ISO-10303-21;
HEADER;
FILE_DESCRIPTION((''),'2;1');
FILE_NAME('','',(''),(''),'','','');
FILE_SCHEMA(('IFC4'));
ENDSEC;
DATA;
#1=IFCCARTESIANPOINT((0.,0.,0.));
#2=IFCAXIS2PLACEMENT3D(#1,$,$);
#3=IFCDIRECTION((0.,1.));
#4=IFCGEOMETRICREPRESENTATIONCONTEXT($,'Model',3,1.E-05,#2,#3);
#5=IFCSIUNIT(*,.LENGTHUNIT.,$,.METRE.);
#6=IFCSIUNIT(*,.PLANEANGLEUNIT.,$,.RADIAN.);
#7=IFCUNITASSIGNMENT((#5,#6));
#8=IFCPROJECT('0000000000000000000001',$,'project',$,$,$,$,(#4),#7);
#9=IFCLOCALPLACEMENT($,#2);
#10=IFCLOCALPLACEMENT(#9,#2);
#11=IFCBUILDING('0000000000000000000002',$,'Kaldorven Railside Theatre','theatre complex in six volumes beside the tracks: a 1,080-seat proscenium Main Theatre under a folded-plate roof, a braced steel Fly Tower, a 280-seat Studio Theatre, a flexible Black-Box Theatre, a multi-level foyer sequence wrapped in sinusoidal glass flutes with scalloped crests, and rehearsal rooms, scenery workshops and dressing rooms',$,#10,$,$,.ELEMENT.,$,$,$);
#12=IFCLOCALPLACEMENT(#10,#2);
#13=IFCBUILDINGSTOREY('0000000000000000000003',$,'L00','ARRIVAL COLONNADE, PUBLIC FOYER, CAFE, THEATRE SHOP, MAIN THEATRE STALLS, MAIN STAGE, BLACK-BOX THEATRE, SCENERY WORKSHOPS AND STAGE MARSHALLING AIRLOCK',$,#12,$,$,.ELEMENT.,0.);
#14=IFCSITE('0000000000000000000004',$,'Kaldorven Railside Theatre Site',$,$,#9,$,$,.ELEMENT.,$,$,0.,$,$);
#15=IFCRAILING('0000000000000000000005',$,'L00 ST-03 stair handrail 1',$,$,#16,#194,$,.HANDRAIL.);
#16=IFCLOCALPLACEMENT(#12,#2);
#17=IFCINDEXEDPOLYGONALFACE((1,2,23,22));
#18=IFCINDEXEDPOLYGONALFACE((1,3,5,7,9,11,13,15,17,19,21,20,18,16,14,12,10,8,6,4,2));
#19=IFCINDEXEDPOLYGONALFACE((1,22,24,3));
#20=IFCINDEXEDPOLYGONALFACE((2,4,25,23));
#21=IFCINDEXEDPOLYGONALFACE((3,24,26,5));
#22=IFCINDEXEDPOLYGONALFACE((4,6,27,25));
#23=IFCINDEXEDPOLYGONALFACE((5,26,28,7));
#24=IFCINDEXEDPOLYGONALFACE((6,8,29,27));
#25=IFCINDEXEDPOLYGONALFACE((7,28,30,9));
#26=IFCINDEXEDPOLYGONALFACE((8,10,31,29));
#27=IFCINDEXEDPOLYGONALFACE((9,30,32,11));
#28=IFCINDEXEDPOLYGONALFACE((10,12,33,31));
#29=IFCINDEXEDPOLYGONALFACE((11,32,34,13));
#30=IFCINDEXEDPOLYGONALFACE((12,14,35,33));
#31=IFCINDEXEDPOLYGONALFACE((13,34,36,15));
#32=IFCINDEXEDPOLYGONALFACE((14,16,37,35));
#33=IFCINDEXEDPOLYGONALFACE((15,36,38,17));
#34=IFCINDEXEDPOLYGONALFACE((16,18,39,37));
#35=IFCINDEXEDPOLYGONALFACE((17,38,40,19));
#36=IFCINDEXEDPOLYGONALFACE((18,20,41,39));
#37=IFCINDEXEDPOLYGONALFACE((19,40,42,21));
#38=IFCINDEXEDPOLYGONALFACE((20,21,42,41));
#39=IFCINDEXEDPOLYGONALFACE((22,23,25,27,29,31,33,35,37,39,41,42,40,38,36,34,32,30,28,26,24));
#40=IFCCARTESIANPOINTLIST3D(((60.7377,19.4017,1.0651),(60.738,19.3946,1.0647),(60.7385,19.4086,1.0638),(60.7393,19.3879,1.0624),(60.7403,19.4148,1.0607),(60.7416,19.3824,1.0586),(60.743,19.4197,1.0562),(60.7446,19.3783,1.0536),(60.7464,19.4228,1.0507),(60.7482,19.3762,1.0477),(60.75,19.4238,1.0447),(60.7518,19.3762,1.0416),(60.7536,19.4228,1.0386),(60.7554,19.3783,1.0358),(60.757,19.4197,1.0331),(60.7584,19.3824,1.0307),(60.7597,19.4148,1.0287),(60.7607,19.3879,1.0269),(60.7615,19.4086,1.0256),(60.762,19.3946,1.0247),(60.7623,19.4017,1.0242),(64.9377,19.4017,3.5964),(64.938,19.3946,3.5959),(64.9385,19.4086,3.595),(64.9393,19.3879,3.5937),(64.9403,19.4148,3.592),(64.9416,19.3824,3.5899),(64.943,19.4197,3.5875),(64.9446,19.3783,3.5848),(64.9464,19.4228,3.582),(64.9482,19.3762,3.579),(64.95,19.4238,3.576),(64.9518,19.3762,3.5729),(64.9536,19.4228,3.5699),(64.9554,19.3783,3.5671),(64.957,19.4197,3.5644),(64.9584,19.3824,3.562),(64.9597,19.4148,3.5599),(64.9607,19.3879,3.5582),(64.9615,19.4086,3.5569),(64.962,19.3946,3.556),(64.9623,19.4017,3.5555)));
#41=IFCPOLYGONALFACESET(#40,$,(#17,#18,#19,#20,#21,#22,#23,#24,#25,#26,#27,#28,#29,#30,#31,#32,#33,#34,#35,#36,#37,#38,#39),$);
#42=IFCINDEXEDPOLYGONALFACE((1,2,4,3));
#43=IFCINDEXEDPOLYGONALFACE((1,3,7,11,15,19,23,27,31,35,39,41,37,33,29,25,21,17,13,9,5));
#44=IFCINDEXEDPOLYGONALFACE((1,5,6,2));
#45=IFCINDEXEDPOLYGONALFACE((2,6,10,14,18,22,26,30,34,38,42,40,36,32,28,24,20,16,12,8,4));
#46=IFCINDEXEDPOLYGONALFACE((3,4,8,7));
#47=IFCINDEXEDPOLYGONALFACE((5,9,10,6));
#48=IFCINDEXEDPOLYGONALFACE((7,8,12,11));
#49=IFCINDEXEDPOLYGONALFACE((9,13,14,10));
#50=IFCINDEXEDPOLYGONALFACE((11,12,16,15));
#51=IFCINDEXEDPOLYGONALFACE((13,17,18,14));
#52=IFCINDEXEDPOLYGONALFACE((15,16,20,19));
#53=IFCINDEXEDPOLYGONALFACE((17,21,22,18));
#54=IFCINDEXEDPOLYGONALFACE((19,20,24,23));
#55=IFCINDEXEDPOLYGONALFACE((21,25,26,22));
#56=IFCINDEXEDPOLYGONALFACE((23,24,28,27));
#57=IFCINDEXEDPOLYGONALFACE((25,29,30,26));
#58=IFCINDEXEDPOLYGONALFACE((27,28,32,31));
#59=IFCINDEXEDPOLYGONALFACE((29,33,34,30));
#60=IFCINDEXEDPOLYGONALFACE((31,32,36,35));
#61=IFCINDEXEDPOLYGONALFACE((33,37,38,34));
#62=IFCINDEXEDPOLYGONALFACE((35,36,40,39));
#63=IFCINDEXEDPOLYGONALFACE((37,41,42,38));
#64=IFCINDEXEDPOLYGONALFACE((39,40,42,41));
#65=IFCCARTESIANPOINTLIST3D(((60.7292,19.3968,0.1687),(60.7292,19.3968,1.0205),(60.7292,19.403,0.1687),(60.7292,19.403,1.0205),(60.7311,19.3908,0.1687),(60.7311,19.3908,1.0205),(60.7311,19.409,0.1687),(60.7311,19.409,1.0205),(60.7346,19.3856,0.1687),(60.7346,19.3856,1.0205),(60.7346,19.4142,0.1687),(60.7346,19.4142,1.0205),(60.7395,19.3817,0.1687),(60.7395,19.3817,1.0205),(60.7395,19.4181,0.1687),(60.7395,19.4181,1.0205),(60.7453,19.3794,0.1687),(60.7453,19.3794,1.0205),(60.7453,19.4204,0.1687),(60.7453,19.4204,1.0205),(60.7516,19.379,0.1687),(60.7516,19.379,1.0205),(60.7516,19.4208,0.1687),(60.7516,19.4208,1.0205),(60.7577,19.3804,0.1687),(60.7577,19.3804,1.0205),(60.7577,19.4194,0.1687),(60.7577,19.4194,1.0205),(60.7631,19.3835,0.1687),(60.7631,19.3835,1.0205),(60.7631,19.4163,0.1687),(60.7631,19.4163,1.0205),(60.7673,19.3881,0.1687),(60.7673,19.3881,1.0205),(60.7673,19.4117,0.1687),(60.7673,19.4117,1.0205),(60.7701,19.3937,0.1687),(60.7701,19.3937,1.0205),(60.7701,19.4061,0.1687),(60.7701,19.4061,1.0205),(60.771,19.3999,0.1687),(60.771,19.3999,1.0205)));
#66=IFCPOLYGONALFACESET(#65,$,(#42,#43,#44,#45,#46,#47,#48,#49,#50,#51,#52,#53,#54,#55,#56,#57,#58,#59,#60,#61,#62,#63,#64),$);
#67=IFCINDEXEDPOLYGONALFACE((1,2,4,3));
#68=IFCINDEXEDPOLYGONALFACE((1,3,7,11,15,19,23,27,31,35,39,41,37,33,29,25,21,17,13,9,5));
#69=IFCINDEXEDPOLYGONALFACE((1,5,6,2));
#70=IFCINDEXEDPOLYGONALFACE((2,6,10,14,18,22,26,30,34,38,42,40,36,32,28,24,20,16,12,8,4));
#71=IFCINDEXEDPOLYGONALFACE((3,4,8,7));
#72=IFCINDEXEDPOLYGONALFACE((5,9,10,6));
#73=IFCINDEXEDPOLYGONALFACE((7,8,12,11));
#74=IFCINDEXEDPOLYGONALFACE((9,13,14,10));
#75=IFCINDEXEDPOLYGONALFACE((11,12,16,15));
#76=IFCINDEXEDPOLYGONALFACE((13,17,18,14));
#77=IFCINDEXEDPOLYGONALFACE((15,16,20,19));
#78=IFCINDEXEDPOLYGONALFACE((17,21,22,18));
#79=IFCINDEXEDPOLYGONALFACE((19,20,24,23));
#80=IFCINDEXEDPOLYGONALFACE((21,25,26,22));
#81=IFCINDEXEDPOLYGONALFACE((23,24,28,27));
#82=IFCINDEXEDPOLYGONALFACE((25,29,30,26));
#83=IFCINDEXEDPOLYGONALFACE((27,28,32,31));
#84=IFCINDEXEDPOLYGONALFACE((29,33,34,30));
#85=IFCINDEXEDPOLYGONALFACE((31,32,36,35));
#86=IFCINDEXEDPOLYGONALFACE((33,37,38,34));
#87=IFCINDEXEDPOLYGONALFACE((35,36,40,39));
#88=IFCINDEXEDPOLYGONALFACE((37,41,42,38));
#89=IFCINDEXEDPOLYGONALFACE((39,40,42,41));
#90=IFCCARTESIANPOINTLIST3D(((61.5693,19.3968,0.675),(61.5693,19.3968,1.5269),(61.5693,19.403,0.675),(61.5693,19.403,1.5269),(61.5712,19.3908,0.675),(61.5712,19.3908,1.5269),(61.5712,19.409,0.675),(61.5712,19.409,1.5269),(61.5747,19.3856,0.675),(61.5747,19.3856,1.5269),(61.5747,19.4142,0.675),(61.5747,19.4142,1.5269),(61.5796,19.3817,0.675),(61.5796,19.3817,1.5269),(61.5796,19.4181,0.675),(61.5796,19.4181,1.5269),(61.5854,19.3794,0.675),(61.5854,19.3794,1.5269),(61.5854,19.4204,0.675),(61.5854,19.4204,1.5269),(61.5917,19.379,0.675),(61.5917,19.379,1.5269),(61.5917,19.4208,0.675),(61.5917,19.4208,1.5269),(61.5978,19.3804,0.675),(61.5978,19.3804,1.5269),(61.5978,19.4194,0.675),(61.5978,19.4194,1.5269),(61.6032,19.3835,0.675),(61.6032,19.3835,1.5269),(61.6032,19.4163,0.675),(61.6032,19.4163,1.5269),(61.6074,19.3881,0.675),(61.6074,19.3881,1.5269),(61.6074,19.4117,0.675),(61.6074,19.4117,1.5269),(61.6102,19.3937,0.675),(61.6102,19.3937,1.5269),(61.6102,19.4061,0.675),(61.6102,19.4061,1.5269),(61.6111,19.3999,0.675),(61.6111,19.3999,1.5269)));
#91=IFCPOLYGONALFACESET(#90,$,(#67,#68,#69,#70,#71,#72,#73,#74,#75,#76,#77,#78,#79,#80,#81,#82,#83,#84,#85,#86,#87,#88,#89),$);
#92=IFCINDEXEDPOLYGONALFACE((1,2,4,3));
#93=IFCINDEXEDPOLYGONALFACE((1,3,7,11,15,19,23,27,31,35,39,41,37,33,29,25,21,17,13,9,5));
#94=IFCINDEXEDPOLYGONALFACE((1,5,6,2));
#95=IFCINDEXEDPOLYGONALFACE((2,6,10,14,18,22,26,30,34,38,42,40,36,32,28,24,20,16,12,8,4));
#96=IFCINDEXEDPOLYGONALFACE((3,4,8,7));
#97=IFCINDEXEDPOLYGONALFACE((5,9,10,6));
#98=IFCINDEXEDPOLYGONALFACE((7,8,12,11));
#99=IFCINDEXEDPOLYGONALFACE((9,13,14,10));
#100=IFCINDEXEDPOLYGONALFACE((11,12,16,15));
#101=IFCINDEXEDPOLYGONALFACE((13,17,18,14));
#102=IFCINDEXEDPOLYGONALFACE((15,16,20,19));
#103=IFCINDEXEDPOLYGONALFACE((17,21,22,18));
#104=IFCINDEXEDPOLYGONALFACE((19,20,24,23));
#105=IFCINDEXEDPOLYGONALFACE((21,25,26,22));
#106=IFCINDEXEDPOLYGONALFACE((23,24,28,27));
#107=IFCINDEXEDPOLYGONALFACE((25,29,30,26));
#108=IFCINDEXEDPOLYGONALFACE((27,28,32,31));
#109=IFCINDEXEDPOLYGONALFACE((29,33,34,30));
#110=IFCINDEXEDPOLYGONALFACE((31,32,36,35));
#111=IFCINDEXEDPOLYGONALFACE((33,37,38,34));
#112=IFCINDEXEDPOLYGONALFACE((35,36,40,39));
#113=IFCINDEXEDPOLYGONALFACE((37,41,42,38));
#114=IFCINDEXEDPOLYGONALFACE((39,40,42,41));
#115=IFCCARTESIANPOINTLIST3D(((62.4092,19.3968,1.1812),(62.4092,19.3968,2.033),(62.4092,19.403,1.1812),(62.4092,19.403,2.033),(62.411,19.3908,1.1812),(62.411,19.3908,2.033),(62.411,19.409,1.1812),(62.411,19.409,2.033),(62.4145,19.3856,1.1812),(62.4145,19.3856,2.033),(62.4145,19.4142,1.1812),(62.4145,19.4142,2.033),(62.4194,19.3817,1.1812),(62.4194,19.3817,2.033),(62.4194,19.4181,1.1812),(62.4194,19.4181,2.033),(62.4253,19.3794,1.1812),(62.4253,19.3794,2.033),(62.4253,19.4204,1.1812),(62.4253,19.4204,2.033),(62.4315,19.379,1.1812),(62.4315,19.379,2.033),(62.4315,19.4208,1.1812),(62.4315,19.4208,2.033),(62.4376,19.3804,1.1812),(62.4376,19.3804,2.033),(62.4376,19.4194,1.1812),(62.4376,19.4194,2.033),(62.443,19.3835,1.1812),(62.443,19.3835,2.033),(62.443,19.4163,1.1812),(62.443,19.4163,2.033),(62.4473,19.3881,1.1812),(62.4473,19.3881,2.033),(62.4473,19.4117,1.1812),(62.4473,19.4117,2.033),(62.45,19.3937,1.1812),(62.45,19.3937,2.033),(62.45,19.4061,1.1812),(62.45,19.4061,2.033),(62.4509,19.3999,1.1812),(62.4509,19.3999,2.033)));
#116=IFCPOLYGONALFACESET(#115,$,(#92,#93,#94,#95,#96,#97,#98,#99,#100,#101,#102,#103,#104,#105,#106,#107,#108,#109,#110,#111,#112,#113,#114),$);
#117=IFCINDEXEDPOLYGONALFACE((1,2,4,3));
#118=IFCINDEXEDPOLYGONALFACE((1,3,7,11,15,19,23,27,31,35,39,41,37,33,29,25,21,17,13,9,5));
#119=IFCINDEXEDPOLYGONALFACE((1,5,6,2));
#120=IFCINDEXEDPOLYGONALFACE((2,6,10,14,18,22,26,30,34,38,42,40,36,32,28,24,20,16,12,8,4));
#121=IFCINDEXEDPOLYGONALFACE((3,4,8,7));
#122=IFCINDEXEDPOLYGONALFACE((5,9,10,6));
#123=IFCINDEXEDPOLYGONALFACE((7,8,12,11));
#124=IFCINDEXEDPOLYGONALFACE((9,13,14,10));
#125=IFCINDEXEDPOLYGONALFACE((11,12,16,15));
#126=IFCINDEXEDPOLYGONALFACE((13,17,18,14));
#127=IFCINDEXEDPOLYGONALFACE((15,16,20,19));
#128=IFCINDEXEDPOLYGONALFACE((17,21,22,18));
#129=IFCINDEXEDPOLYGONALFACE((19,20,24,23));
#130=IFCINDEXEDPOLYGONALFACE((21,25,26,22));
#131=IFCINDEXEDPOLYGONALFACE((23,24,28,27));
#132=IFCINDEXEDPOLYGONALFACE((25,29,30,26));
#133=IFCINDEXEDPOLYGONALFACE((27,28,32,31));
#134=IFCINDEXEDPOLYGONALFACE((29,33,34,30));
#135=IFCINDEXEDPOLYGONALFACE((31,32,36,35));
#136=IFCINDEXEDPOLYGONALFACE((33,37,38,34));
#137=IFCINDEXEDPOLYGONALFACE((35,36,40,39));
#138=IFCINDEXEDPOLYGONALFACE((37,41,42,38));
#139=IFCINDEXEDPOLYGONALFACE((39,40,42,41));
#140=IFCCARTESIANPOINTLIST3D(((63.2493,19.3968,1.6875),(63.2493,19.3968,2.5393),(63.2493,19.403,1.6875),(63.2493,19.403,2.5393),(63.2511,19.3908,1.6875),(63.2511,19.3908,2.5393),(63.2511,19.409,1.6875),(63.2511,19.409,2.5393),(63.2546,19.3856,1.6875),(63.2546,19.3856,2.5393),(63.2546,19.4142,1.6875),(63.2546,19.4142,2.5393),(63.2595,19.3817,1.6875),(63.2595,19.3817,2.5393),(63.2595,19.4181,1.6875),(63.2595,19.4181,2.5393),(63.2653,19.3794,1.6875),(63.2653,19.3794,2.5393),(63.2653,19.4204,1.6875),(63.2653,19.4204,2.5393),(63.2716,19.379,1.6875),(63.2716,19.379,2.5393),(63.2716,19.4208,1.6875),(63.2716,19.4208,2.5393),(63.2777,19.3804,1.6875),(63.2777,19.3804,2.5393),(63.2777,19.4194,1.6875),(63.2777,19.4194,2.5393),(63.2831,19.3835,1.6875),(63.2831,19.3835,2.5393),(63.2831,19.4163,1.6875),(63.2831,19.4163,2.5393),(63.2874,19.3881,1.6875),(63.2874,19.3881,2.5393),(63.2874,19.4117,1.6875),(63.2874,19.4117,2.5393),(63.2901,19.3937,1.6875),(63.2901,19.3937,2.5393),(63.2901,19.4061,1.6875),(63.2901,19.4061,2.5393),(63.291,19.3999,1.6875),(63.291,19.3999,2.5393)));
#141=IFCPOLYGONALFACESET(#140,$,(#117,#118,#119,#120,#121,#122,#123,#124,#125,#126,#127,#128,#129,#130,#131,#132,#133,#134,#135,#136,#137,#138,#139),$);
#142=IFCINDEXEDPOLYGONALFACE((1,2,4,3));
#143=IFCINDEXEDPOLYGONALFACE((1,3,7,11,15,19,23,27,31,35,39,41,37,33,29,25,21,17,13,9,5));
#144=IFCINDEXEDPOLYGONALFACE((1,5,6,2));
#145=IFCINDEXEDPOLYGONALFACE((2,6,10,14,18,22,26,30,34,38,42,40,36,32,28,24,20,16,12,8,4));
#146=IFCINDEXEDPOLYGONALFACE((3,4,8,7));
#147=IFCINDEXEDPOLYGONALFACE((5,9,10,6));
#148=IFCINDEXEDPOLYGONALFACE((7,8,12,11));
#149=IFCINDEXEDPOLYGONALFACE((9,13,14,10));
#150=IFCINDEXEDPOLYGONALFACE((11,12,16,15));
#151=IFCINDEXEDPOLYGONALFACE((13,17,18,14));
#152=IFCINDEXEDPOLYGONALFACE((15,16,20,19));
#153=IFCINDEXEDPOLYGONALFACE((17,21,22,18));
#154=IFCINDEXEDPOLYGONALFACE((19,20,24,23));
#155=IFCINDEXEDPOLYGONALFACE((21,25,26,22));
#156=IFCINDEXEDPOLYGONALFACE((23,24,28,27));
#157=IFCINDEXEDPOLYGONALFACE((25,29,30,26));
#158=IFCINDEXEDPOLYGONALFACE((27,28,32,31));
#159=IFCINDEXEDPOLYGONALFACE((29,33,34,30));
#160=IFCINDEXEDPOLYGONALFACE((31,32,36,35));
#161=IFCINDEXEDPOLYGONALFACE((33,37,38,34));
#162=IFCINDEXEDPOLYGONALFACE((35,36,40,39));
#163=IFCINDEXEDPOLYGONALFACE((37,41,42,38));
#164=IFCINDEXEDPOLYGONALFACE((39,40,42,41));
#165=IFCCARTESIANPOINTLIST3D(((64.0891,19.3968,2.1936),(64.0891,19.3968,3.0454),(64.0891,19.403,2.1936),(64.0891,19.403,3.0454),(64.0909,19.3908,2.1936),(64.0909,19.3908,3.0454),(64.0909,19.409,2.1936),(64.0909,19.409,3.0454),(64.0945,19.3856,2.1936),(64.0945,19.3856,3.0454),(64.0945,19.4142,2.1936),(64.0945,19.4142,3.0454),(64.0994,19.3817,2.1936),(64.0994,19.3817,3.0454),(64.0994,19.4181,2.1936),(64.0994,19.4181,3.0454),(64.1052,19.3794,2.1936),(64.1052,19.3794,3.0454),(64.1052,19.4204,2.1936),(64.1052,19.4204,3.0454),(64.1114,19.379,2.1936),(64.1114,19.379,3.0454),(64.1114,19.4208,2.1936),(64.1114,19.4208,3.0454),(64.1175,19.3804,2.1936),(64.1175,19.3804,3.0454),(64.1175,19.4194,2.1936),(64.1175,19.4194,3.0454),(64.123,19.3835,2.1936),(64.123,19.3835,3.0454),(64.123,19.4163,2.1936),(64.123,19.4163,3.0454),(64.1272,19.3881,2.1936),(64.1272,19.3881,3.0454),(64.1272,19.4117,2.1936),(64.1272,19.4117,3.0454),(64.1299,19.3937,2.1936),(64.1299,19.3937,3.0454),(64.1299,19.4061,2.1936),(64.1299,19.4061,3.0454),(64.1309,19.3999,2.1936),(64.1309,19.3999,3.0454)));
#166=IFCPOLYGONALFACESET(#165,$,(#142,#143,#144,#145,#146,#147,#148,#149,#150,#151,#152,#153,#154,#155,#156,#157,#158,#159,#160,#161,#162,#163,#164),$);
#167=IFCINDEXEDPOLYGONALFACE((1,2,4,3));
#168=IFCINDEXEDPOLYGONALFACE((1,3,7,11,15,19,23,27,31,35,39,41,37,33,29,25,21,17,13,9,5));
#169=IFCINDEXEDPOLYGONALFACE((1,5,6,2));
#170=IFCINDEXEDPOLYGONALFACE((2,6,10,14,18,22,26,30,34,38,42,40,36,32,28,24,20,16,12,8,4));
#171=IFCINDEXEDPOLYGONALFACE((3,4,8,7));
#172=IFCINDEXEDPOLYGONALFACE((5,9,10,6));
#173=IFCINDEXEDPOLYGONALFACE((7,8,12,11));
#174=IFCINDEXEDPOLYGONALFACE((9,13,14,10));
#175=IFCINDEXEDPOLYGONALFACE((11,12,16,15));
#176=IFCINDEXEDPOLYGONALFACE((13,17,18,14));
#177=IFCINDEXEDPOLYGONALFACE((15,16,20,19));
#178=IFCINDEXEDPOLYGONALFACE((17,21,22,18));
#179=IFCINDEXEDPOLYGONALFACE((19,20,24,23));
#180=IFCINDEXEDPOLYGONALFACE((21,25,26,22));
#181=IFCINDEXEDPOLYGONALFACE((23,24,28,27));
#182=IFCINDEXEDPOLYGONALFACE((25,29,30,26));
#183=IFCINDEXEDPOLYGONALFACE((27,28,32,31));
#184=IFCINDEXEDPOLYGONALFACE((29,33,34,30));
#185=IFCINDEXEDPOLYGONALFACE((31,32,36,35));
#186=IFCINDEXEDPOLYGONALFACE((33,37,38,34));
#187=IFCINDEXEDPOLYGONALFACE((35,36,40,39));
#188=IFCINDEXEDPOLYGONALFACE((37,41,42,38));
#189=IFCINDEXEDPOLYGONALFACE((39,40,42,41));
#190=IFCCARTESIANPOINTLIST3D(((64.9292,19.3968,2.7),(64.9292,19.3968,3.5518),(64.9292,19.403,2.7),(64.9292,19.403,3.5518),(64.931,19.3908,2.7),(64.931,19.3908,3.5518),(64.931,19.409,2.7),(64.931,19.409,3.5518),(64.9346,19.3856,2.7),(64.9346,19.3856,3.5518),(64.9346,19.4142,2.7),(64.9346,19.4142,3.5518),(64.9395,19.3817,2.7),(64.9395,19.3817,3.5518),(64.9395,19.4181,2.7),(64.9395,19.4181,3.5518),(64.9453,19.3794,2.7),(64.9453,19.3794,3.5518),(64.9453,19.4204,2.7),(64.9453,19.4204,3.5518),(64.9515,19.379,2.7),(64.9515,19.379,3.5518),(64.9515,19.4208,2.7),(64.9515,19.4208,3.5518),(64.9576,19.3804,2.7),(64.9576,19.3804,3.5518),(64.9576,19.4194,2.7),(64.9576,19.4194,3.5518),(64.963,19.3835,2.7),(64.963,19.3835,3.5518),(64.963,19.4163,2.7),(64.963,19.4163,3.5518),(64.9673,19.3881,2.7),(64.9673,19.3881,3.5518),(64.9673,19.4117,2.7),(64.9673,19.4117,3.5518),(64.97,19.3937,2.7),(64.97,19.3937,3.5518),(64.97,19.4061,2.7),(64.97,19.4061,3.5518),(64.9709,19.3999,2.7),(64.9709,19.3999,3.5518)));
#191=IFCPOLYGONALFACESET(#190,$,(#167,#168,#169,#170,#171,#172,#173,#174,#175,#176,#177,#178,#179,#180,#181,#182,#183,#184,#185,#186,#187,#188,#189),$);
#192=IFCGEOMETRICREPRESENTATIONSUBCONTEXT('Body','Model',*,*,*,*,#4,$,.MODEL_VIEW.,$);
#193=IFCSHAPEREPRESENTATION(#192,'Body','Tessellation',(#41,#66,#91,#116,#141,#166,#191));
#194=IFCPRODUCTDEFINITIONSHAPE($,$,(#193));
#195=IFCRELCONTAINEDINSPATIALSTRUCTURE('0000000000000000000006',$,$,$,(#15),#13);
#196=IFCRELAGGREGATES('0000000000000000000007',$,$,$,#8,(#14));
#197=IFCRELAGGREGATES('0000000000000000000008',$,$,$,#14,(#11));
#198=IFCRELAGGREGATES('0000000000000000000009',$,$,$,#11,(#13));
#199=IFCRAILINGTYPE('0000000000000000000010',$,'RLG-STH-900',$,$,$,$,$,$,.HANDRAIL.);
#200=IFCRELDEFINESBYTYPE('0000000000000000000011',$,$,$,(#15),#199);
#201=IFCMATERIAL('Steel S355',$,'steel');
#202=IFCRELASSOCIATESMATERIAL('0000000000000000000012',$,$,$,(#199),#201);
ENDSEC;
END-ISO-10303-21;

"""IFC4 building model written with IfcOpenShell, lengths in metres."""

from ifc_helpers import new_model, si_unit, direction, frame, origin, origin_2d, place, context, subcontext, project, spatial, circle, extrude, material, type_object, element, save


model = new_model("IFC4")

# Units and contexts
model_context = context("Model", 3, precision=1e-05, world=origin(), true_north=direction((0.0, 1.0)))
body_context = subcontext(model_context, "Body", "Model", "MODEL_VIEW")
ifc_project = project(units=[si_unit("LENGTHUNIT", "METRE"), si_unit("PLANEANGLEUNIT", "RADIAN")], contexts=[model_context])

# Site, building, storey
site_placement = place(None, origin())
site = spatial("IfcSite", under=ifc_project, at=site_placement, Name="Kaldorven Railside Theatre Site", CompositionType="ELEMENT", RefElevation=0.0)
building_placement = place(site_placement, origin())
building = spatial("IfcBuilding", under=site, at=building_placement, Name="Kaldorven Railside Theatre", Description="theatre complex in six volumes beside the tracks: a 1,080-seat proscenium Main Theatre under a folded-plate roof, a braced steel Fly Tower, a 280-seat Studio Theatre, a flexible Black-Box Theatre, a multi-level foyer sequence wrapped in sinusoidal glass flutes with scalloped crests, and rehearsal rooms, scenery workshops and dressing rooms", CompositionType="ELEMENT")
storey_placement = place(building_placement, origin())
storey = spatial("IfcBuildingStorey", under=building, at=storey_placement, Name="L00", Description="ARRIVAL COLONNADE, PUBLIC FOYER, CAFE, THEATRE SHOP, MAIN THEATRE STALLS, MAIN STAGE, BLACK-BOX THEATRE, SCENERY WORKSHOPS AND STAGE MARSHALLING AIRLOCK", CompositionType="ELEMENT", Elevation=0.0)

# Shared definitions
ifc_material_1 = material(Name="Steel S355", Category="steel")

# Railing
railing_type_1 = type_object("IfcRailingType", Name="RLG-STH-900", PredefinedType="HANDRAIL", material=ifc_material_1)
railing_1_placement = place(storey_placement, frame((60.75, 19.3999, 0.1687)))
element("IfcRailing", 1, at=railing_1_placement, inside=storey, type_object=railing_type_1, Name="L00 ST-03 stair handrail 1", PredefinedType="HANDRAIL", context=body_context, shape_type="SweptSolid", body=[
    extrude(circle(Radius=0.0239, at=origin_2d()), frame((0.0, 0.0, 0.876), z_axis=(0.856476, 0.0, 0.516186), x_axis=(0.0, 1.0, 0.0)), (0.0, 0.0, 1.0), 4.9038),
    extrude(circle(Radius=0.021, at=origin_2d()), origin(), (0.0, 0.0, 1.0), 0.8518),
    extrude(circle(Radius=0.021, at=origin_2d()), frame((0.8401, 0.0, 0.5063)), (0.0, 0.0, 1.0), 0.8518),
    extrude(circle(Radius=0.021, at=origin_2d()), frame((1.6799, 0.0, 1.0125)), (0.0, 0.0, 1.0), 0.8518),
    extrude(circle(Radius=0.021, at=origin_2d()), frame((2.52, 0.0, 1.5188)), (0.0, 0.0, 1.0), 0.8518),
    extrude(circle(Radius=0.021, at=origin_2d()), frame((3.3599, 0.0, 2.0249)), (0.0, 0.0, 1.0), 0.8518),
    extrude(circle(Radius=0.021, at=origin_2d()), frame((4.2, 0.0, 2.5312)), (0.0, 0.0, 1.0), 0.8518),
])

save(model, "model.ifc")
